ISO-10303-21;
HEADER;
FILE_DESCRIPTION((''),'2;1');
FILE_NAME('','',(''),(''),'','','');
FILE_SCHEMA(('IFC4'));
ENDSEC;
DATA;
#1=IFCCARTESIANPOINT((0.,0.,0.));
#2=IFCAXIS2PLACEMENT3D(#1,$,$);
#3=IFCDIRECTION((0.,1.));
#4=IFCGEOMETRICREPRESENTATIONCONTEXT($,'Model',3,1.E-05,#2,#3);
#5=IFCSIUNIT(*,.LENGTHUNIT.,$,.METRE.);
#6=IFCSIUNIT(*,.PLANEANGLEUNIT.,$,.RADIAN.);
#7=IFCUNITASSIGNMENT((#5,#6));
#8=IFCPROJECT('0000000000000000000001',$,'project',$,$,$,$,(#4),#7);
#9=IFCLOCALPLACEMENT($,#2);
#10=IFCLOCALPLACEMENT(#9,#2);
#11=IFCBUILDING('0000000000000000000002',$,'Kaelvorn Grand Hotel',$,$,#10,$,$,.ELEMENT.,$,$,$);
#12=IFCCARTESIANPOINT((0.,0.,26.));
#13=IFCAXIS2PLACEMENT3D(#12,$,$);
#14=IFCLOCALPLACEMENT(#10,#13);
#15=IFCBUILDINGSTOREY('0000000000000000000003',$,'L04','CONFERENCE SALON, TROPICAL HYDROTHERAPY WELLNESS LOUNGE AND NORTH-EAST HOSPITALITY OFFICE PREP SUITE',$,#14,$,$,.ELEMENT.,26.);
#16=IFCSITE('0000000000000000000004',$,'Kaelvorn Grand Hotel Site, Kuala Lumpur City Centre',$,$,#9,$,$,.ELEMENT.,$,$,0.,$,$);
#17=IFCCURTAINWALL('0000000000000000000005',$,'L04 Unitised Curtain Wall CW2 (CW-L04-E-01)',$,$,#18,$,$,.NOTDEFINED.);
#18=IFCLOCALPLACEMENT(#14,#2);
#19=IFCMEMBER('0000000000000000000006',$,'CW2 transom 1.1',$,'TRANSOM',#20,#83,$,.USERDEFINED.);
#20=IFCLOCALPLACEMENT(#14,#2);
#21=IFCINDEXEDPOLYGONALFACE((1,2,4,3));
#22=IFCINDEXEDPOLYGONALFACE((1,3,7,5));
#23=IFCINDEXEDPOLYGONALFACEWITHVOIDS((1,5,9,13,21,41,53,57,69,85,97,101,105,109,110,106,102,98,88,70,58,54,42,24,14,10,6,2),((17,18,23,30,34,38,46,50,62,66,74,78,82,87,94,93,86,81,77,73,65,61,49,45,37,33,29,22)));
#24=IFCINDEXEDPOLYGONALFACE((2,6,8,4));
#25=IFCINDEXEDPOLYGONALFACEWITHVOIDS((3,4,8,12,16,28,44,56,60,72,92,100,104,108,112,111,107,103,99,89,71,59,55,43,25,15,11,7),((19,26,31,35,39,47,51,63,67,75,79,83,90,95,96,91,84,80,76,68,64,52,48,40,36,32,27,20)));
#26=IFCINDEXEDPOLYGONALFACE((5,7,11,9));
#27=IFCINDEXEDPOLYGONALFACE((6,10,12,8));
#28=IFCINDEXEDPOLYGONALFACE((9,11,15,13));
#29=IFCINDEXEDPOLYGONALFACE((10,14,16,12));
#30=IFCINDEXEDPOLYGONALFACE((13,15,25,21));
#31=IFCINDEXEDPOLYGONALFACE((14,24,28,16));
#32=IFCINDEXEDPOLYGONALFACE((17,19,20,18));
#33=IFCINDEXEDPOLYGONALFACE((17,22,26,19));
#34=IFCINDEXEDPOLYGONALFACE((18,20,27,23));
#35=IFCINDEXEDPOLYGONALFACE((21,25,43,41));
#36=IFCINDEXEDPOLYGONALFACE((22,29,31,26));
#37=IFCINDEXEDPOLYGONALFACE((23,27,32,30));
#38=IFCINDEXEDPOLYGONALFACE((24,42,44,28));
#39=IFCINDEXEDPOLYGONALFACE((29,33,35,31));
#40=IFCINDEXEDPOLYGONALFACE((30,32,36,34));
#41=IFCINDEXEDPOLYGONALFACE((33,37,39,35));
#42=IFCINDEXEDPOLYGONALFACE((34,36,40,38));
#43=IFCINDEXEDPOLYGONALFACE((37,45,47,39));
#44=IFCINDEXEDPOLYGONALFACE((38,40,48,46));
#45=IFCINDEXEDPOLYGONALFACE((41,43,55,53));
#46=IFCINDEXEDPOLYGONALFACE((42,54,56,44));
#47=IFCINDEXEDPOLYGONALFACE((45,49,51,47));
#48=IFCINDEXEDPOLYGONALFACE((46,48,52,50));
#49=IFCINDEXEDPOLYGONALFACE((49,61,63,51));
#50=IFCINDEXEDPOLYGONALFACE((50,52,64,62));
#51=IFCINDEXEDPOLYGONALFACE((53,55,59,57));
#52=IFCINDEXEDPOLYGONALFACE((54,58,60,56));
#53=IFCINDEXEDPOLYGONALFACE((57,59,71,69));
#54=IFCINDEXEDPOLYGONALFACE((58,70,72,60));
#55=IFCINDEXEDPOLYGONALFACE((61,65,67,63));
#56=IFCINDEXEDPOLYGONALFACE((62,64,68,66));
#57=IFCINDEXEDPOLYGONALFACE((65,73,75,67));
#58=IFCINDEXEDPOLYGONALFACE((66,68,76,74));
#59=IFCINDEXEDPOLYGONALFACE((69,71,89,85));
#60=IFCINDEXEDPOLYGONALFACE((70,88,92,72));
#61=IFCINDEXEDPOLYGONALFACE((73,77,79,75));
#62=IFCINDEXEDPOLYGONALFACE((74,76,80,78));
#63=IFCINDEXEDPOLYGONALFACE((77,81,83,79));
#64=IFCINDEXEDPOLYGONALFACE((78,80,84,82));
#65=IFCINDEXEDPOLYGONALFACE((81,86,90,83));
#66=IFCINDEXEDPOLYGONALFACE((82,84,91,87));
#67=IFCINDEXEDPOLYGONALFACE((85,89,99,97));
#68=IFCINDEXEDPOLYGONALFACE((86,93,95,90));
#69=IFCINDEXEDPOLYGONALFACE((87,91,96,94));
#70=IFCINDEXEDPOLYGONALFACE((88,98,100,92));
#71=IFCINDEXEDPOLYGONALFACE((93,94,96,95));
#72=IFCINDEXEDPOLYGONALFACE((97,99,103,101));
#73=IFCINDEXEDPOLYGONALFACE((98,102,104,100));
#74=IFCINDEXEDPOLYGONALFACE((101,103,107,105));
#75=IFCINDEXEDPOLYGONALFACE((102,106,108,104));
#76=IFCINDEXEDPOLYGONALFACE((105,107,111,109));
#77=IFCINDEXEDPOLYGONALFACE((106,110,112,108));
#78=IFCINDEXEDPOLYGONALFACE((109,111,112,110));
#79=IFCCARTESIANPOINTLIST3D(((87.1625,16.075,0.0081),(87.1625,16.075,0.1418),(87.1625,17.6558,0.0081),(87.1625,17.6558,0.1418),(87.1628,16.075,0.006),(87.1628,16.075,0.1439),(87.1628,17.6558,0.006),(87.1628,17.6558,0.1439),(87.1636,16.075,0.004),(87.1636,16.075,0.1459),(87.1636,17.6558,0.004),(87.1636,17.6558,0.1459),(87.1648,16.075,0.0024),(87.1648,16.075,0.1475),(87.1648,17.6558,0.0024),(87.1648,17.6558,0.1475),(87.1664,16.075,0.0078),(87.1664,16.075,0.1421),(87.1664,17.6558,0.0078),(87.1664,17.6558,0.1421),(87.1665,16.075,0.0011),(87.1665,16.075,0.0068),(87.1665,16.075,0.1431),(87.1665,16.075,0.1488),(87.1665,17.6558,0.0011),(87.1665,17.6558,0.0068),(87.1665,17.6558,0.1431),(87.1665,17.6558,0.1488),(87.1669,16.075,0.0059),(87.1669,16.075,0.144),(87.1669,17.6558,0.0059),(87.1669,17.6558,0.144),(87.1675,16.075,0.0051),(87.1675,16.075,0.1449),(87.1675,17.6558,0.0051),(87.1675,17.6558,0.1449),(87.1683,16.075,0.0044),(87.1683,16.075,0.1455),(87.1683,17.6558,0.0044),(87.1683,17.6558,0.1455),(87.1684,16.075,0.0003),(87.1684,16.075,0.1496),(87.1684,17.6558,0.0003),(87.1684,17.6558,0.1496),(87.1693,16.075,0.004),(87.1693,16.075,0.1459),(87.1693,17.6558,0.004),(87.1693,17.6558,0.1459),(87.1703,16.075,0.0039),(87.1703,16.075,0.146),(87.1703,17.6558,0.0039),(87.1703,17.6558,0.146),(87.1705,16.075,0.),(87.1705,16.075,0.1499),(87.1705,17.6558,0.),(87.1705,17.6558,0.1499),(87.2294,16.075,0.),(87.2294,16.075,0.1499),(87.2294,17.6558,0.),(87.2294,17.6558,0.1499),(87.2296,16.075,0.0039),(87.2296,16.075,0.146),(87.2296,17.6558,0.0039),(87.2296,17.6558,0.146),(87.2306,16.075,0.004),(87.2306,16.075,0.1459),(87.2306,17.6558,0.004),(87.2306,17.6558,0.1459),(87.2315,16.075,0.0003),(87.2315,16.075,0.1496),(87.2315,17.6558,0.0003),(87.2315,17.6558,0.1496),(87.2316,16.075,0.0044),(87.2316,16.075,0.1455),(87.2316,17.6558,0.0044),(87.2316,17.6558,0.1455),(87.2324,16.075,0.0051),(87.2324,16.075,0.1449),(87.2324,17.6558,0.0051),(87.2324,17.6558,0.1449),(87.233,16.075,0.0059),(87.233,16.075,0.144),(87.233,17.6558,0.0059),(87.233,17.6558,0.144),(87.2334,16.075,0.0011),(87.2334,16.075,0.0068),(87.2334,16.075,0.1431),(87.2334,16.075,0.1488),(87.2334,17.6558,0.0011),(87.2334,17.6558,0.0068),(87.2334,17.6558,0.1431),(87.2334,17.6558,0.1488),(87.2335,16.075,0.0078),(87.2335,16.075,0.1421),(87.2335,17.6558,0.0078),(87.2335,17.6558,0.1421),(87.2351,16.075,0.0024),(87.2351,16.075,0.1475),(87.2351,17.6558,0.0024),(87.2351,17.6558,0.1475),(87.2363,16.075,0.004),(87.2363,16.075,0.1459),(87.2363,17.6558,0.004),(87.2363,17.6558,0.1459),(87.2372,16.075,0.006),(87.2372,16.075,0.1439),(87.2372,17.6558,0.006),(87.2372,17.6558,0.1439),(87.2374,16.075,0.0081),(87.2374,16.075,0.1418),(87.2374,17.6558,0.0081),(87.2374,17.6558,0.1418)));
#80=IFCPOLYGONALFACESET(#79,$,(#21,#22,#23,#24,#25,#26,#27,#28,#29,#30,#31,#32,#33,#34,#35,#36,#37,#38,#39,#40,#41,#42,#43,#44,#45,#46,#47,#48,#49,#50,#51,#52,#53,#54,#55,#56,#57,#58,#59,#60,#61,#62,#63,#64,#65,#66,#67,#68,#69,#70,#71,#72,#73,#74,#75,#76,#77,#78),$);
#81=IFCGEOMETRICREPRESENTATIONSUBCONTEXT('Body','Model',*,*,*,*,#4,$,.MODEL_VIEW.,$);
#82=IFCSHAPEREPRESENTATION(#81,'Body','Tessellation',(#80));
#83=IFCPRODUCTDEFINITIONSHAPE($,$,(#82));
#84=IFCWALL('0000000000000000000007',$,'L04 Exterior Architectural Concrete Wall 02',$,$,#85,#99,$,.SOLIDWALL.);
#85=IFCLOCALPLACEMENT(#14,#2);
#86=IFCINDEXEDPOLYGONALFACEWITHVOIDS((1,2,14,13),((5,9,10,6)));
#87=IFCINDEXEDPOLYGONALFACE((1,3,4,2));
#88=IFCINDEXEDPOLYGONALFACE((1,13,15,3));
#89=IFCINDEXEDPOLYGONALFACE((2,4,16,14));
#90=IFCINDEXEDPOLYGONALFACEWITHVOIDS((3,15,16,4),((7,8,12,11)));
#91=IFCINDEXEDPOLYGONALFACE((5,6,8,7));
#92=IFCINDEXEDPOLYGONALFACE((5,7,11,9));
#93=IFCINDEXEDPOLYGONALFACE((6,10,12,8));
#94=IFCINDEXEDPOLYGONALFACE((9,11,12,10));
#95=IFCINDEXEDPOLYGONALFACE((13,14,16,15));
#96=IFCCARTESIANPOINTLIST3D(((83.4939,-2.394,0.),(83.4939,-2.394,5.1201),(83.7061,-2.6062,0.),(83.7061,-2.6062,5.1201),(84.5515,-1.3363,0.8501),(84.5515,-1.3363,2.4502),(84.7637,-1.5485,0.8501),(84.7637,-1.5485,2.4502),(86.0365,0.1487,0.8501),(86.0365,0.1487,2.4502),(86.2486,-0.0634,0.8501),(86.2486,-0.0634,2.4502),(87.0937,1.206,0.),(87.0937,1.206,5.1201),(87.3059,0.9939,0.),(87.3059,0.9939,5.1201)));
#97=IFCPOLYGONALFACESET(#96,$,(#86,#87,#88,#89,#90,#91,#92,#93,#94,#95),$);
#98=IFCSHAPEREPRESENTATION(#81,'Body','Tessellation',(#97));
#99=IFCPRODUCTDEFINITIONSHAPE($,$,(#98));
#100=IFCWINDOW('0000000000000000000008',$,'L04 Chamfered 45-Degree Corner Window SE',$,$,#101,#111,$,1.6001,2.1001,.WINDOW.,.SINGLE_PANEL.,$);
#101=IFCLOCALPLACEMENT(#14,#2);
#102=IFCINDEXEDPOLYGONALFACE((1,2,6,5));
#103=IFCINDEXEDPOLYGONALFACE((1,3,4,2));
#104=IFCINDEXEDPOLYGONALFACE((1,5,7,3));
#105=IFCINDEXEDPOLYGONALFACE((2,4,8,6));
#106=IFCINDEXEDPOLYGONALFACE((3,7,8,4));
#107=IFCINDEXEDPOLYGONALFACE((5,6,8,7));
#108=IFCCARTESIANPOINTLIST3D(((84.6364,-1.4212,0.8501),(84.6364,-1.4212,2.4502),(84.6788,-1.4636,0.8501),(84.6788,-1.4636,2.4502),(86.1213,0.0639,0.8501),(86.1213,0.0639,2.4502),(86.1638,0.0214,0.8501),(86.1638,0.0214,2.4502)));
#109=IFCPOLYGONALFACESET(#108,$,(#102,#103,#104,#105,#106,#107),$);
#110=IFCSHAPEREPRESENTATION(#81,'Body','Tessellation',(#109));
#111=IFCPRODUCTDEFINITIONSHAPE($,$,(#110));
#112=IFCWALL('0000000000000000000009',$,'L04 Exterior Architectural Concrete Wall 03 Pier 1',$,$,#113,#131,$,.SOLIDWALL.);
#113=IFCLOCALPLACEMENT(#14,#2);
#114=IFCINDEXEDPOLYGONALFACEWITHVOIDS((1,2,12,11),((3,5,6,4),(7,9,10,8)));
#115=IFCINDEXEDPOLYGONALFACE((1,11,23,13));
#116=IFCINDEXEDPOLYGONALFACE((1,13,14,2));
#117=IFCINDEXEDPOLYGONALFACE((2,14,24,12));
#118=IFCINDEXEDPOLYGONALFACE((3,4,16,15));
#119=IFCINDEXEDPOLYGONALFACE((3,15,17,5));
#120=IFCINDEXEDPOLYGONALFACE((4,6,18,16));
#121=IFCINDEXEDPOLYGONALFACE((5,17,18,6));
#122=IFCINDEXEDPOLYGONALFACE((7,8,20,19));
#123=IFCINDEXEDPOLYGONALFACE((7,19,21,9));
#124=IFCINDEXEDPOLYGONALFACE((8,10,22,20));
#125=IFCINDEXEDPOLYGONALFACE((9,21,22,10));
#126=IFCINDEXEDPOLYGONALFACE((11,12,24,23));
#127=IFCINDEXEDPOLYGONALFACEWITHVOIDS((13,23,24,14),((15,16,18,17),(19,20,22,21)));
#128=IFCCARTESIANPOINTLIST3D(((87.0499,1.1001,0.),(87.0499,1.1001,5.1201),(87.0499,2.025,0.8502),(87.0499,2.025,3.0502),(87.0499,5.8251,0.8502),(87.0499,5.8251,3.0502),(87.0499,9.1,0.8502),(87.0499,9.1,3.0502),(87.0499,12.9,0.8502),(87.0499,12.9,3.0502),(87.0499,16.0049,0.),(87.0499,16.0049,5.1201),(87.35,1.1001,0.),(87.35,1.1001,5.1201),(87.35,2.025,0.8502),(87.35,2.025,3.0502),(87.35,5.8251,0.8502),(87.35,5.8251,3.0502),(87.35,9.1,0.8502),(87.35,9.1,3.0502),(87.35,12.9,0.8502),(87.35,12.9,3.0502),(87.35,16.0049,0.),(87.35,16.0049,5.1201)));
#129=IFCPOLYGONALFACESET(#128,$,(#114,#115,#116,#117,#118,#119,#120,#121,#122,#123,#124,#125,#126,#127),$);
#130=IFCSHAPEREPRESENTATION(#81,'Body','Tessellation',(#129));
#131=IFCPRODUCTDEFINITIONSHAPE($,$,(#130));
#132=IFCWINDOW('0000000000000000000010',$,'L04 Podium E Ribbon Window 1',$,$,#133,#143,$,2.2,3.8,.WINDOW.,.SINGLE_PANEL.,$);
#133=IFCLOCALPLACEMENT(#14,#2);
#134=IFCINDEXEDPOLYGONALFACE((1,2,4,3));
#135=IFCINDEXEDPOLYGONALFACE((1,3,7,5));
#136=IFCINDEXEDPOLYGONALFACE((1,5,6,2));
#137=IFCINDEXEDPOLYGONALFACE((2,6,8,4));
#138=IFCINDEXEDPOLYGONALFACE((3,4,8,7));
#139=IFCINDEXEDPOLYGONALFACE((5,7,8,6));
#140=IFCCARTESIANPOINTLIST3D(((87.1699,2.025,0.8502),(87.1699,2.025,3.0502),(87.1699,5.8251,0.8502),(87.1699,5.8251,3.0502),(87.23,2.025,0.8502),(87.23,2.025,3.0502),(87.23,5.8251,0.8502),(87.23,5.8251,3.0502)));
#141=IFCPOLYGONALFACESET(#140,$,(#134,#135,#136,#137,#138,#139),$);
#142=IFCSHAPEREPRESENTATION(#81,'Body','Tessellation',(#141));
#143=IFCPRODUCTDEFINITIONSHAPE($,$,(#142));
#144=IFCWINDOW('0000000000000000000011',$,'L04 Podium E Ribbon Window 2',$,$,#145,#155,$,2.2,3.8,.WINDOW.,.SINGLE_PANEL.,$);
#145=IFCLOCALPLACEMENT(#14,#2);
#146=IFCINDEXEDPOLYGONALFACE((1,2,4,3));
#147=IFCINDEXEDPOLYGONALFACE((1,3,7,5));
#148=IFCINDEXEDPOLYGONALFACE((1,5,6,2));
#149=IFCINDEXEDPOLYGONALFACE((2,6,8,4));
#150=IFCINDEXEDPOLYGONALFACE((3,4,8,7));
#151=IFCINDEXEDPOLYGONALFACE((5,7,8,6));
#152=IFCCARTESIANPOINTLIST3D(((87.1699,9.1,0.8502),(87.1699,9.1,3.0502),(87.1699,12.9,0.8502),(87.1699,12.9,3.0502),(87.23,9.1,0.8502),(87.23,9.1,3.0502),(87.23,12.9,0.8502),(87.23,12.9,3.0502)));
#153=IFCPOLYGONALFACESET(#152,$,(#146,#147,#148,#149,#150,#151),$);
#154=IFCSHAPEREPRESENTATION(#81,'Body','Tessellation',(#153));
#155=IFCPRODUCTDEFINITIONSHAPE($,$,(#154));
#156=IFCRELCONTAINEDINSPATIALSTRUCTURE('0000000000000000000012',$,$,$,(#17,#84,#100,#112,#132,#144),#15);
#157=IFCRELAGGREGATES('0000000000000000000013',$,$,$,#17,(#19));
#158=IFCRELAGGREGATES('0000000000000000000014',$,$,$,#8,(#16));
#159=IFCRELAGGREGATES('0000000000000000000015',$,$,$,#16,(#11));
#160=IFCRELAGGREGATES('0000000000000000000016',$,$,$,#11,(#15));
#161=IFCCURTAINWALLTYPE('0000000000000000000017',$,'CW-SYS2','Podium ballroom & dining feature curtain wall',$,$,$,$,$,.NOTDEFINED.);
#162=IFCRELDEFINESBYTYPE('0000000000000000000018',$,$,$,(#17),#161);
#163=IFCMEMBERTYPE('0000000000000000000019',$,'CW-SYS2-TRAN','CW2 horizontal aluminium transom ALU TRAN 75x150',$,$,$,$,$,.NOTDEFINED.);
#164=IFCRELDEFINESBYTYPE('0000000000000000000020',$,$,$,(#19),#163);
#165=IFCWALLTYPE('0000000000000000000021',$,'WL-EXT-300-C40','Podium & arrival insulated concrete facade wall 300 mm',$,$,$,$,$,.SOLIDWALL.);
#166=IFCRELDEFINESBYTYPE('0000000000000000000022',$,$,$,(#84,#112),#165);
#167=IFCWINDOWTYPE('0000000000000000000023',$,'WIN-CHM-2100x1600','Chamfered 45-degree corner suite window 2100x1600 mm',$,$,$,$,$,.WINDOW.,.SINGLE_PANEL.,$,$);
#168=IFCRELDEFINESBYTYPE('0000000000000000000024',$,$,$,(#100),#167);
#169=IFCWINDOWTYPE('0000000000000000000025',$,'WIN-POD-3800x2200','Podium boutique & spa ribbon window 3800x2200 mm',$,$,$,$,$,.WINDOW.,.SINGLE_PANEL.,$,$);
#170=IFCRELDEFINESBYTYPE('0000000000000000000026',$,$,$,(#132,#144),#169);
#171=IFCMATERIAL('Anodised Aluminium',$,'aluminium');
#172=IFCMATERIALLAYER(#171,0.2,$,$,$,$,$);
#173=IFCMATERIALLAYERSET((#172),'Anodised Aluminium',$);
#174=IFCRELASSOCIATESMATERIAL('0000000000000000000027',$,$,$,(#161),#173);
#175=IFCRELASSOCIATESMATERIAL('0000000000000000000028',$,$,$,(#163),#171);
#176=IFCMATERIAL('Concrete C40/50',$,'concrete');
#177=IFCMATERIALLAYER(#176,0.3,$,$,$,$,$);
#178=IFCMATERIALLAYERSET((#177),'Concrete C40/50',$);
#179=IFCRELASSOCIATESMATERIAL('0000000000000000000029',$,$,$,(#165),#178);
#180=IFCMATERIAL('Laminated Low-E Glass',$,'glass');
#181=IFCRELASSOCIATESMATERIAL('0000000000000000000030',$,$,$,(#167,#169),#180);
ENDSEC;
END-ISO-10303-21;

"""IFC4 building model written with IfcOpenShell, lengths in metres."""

from ifc_helpers import new_model, si_unit, direction, frame, frame_2d, origin, origin_2d, place, context, subcontext, project, spatial, rectangle, hollow_rectangle, extrude, material, layer, layer_set, material_profile, profile_set, type_object, element, fill, aggregate, save


model = new_model("IFC4")

# Units and contexts
model_context = context("Model", 3, precision=1e-05, world=origin(), true_north=direction((0.0, 1.0)))
body_context = subcontext(model_context, "Body", "Model", "MODEL_VIEW")
ifc_project = project(units=[si_unit("LENGTHUNIT", "METRE"), si_unit("PLANEANGLEUNIT", "RADIAN")], contexts=[model_context])

# Site, building, storey
site_placement = place(None, origin())
site = spatial("IfcSite", under=ifc_project, at=site_placement, Name="Kaelvorn Grand Hotel Site, Kuala Lumpur City Centre", CompositionType="ELEMENT", RefElevation=0.0)
building_placement = place(site_placement, origin())
building = spatial("IfcBuilding", under=site, at=building_placement, Name="Kaelvorn Grand Hotel", CompositionType="ELEMENT")
storey_placement = place(building_placement, frame((0.0, 0.0, 26.0)))
storey = spatial("IfcBuildingStorey", under=building, at=storey_placement, Name="L04", Description="CONFERENCE SALON, TROPICAL HYDROTHERAPY WELLNESS LOUNGE AND NORTH-EAST HOSPITALITY OFFICE PREP SUITE", CompositionType="ELEMENT", Elevation=26.0)

# Curtain wall, member
ifc_material_1 = material(Name="Anodised Aluminium", Category="aluminium")
ifc_layer_1 = layer(ifc_material_1, 0.2)
ifc_layer_set_1 = layer_set([ifc_layer_1], Name="Anodised Aluminium")
curtain_wall_type = type_object("IfcCurtainWallType", Name="CW-SYS2", Description="Podium ballroom & dining feature curtain wall", PredefinedType="NOTDEFINED", material=ifc_layer_set_1)
curtain_wall_placement = place(storey_placement, origin())
curtain_wall = element("IfcCurtainWall", 1, at=curtain_wall_placement, inside=storey, type_object=curtain_wall_type, Name="L04 Unitised Curtain Wall CW2 (CW-L04-E-01)", PredefinedType="NOTDEFINED")
ifc_material_profile_1 = material_profile(ifc_material_1, hollow_rectangle(XDim=0.075, YDim=0.1499, WallThickness=0.0039, InnerFilletRadius=0.0039, OuterFilletRadius=0.0081, at=origin_2d()), Name="ALU TRAN 75x150")
ifc_profile_set_1 = profile_set([ifc_material_profile_1], Name="Anodised Aluminium")
member_type_1 = type_object("IfcMemberType", Name="CW-SYS2-TRAN", Description="CW2 horizontal aluminium transom ALU TRAN 75x150", PredefinedType="NOTDEFINED", material=ifc_profile_set_1)
member_1_placement = place(storey_placement, frame((87.2, 16.075, 0.075), z_axis=(0.0, 1.0, 0.0), x_axis=(-1.0, 0.0, 0.0)))
member_1 = element("IfcMember", 2, at=member_1_placement, type_object=member_type_1, Name="CW2 transom 1.1", ObjectType="TRANSOM", PredefinedType="USERDEFINED", context=body_context, shape_type="SweptSolid", body=[
    extrude(hollow_rectangle(XDim=0.075, YDim=0.1499, WallThickness=0.0039, InnerFilletRadius=0.0039, OuterFilletRadius=0.0081, at=origin_2d()), origin(), (0.0, 0.0, 1.0), 1.5808),
])
aggregate(curtain_wall, [member_1])

# Wall, opening, window
ifc_material_2 = material(Name="Concrete C40/50", Category="concrete")
ifc_layer_2 = layer(ifc_material_2, 0.3)
ifc_layer_set_2 = layer_set([ifc_layer_2], Name="Concrete C40/50")
wall_type = type_object("IfcWallType", Name="WL-EXT-300-C40", Description="Podium & arrival insulated concrete facade wall 300 mm", PredefinedType="SOLIDWALL", material=ifc_layer_set_2)
wall_1_placement = place(storey_placement, frame((83.6001, -2.5, 0.0), z_axis=(0.0, 0.0, 1.0), x_axis=(0.707083, 0.707131, 0.0)))
wall_1 = element("IfcWall", 3, at=wall_1_placement, inside=storey, type_object=wall_type, Name="L04 Exterior Architectural Concrete Wall 02", PredefinedType="SOLIDWALL", context=body_context, shape_type="SweptSolid", body=[
    extrude(rectangle(XDim=5.0911, YDim=0.3, at=frame_2d((2.5454, 0.0))), origin(), (0.0, 0.0, 1.0), 5.1201),
])
opening_1_placement = place(wall_1_placement, frame((1.4956, 0.0, 0.8501)))
opening_1 = element("IfcOpeningElement", 4, at=opening_1_placement, cuts=wall_1, PredefinedType="OPENING", context=body_context, shape_type="SweptSolid", body=[
    extrude(rectangle(XDim=2.1001, YDim=1.6001, at=frame_2d((1.05, 0.8))), frame((0.0, 0.1602, 0.0), z_axis=(0.0, -1.0, 0.0), x_axis=(1.0, 0.0, 0.0)), (0.0, 0.0, 1.0), 0.3201),
])
ifc_material_3 = material(Name="Laminated Low-E Glass", Category="glass")
window_type_1 = type_object("IfcWindowType", Name="WIN-CHM-2100x1600", Description="Chamfered 45-degree corner suite window 2100x1600 mm", PartitioningType="SINGLE_PANEL", PredefinedType="WINDOW", material=ifc_material_3)
window_1_placement = place(opening_1_placement, origin())
window_1 = element("IfcWindow", 5, at=window_1_placement, inside=storey, type_object=window_type_1, Name="L04 Chamfered 45-Degree Corner Window SE", OverallHeight=1.6001, OverallWidth=2.1001, PartitioningType="SINGLE_PANEL", PredefinedType="WINDOW", context=body_context, shape_type="SweptSolid", body=[
    extrude(rectangle(XDim=2.1001, YDim=1.6001, at=frame_2d((1.05, 0.8))), frame((0.0, 0.03, 0.0), z_axis=(0.0, -1.0, 0.0), x_axis=(1.0, 0.0, 0.0)), (0.0, 0.0, 1.0), 0.0601),
])
fill(opening_1, window_1)

# Wall, openings, windows
wall_2_placement = place(storey_placement, frame((87.2, 1.1001, 0.0), z_axis=(0.0, 0.0, 1.0), x_axis=(0.0, 1.0, 0.0)))
wall_2 = element("IfcWall", 6, at=wall_2_placement, inside=storey, type_object=wall_type, Name="L04 Exterior Architectural Concrete Wall 03 Pier 1", PredefinedType="SOLIDWALL", context=body_context, shape_type="SweptSolid", body=[
    extrude(rectangle(XDim=14.9048, YDim=0.3, at=frame_2d((7.4524, 0.0))), origin(), (0.0, 0.0, 1.0), 5.1201),
])
opening_2_placement = place(wall_2_placement, frame((0.925, 0.0, 0.8501)))
opening_2 = element("IfcOpeningElement", 7, at=opening_2_placement, cuts=wall_2, PredefinedType="OPENING", context=body_context, shape_type="SweptSolid", body=[
    extrude(rectangle(XDim=3.8, YDim=2.2, at=frame_2d((1.8999, 1.1001))), frame((0.0, 0.1602, 0.0), z_axis=(0.0, -1.0, 0.0), x_axis=(1.0, 0.0, 0.0)), (0.0, 0.0, 1.0), 0.3201),
])
opening_3_placement = place(wall_2_placement, frame((8.0, 0.0, 0.8501)))
opening_3 = element("IfcOpeningElement", 8, at=opening_3_placement, cuts=wall_2, PredefinedType="OPENING", context=body_context, shape_type="SweptSolid", body=[
    extrude(rectangle(XDim=3.8, YDim=2.2, at=frame_2d((1.8999, 1.1001))), frame((0.0, 0.1602, 0.0), z_axis=(0.0, -1.0, 0.0), x_axis=(1.0, 0.0, 0.0)), (0.0, 0.0, 1.0), 0.3201),
])
window_type_2 = type_object("IfcWindowType", Name="WIN-POD-3800x2200", Description="Podium boutique & spa ribbon window 3800x2200 mm", PartitioningType="SINGLE_PANEL", PredefinedType="WINDOW", material=ifc_material_3)
window_2_placement = place(opening_2_placement, origin())
window_2 = element("IfcWindow", 9, at=window_2_placement, inside=storey, type_object=window_type_2, Name="L04 Podium E Ribbon Window 1", OverallHeight=2.2, OverallWidth=3.8, PartitioningType="SINGLE_PANEL", PredefinedType="WINDOW", context=body_context, shape_type="SweptSolid", body=[
    extrude(rectangle(XDim=3.8, YDim=2.2, at=frame_2d((1.8999, 1.1001))), frame((0.0, 0.03, 0.0), z_axis=(0.0, -1.0, 0.0), x_axis=(1.0, 0.0, 0.0)), (0.0, 0.0, 1.0), 0.0601),
])
fill(opening_2, window_2)
window_3_placement = place(opening_3_placement, origin())
window_3 = element("IfcWindow", 10, at=window_3_placement, inside=storey, type_object=window_type_2, Name="L04 Podium E Ribbon Window 2", OverallHeight=2.2, OverallWidth=3.8, PartitioningType="SINGLE_PANEL", PredefinedType="WINDOW", context=body_context, shape_type="SweptSolid", body=[
    extrude(rectangle(XDim=3.8, YDim=2.2, at=frame_2d((1.8999, 1.1001))), frame((0.0, 0.03, 0.0), z_axis=(0.0, -1.0, 0.0), x_axis=(1.0, 0.0, 0.0)), (0.0, 0.0, 1.0), 0.0601),
])
fill(opening_3, window_3)

save(model, "model.ifc")
